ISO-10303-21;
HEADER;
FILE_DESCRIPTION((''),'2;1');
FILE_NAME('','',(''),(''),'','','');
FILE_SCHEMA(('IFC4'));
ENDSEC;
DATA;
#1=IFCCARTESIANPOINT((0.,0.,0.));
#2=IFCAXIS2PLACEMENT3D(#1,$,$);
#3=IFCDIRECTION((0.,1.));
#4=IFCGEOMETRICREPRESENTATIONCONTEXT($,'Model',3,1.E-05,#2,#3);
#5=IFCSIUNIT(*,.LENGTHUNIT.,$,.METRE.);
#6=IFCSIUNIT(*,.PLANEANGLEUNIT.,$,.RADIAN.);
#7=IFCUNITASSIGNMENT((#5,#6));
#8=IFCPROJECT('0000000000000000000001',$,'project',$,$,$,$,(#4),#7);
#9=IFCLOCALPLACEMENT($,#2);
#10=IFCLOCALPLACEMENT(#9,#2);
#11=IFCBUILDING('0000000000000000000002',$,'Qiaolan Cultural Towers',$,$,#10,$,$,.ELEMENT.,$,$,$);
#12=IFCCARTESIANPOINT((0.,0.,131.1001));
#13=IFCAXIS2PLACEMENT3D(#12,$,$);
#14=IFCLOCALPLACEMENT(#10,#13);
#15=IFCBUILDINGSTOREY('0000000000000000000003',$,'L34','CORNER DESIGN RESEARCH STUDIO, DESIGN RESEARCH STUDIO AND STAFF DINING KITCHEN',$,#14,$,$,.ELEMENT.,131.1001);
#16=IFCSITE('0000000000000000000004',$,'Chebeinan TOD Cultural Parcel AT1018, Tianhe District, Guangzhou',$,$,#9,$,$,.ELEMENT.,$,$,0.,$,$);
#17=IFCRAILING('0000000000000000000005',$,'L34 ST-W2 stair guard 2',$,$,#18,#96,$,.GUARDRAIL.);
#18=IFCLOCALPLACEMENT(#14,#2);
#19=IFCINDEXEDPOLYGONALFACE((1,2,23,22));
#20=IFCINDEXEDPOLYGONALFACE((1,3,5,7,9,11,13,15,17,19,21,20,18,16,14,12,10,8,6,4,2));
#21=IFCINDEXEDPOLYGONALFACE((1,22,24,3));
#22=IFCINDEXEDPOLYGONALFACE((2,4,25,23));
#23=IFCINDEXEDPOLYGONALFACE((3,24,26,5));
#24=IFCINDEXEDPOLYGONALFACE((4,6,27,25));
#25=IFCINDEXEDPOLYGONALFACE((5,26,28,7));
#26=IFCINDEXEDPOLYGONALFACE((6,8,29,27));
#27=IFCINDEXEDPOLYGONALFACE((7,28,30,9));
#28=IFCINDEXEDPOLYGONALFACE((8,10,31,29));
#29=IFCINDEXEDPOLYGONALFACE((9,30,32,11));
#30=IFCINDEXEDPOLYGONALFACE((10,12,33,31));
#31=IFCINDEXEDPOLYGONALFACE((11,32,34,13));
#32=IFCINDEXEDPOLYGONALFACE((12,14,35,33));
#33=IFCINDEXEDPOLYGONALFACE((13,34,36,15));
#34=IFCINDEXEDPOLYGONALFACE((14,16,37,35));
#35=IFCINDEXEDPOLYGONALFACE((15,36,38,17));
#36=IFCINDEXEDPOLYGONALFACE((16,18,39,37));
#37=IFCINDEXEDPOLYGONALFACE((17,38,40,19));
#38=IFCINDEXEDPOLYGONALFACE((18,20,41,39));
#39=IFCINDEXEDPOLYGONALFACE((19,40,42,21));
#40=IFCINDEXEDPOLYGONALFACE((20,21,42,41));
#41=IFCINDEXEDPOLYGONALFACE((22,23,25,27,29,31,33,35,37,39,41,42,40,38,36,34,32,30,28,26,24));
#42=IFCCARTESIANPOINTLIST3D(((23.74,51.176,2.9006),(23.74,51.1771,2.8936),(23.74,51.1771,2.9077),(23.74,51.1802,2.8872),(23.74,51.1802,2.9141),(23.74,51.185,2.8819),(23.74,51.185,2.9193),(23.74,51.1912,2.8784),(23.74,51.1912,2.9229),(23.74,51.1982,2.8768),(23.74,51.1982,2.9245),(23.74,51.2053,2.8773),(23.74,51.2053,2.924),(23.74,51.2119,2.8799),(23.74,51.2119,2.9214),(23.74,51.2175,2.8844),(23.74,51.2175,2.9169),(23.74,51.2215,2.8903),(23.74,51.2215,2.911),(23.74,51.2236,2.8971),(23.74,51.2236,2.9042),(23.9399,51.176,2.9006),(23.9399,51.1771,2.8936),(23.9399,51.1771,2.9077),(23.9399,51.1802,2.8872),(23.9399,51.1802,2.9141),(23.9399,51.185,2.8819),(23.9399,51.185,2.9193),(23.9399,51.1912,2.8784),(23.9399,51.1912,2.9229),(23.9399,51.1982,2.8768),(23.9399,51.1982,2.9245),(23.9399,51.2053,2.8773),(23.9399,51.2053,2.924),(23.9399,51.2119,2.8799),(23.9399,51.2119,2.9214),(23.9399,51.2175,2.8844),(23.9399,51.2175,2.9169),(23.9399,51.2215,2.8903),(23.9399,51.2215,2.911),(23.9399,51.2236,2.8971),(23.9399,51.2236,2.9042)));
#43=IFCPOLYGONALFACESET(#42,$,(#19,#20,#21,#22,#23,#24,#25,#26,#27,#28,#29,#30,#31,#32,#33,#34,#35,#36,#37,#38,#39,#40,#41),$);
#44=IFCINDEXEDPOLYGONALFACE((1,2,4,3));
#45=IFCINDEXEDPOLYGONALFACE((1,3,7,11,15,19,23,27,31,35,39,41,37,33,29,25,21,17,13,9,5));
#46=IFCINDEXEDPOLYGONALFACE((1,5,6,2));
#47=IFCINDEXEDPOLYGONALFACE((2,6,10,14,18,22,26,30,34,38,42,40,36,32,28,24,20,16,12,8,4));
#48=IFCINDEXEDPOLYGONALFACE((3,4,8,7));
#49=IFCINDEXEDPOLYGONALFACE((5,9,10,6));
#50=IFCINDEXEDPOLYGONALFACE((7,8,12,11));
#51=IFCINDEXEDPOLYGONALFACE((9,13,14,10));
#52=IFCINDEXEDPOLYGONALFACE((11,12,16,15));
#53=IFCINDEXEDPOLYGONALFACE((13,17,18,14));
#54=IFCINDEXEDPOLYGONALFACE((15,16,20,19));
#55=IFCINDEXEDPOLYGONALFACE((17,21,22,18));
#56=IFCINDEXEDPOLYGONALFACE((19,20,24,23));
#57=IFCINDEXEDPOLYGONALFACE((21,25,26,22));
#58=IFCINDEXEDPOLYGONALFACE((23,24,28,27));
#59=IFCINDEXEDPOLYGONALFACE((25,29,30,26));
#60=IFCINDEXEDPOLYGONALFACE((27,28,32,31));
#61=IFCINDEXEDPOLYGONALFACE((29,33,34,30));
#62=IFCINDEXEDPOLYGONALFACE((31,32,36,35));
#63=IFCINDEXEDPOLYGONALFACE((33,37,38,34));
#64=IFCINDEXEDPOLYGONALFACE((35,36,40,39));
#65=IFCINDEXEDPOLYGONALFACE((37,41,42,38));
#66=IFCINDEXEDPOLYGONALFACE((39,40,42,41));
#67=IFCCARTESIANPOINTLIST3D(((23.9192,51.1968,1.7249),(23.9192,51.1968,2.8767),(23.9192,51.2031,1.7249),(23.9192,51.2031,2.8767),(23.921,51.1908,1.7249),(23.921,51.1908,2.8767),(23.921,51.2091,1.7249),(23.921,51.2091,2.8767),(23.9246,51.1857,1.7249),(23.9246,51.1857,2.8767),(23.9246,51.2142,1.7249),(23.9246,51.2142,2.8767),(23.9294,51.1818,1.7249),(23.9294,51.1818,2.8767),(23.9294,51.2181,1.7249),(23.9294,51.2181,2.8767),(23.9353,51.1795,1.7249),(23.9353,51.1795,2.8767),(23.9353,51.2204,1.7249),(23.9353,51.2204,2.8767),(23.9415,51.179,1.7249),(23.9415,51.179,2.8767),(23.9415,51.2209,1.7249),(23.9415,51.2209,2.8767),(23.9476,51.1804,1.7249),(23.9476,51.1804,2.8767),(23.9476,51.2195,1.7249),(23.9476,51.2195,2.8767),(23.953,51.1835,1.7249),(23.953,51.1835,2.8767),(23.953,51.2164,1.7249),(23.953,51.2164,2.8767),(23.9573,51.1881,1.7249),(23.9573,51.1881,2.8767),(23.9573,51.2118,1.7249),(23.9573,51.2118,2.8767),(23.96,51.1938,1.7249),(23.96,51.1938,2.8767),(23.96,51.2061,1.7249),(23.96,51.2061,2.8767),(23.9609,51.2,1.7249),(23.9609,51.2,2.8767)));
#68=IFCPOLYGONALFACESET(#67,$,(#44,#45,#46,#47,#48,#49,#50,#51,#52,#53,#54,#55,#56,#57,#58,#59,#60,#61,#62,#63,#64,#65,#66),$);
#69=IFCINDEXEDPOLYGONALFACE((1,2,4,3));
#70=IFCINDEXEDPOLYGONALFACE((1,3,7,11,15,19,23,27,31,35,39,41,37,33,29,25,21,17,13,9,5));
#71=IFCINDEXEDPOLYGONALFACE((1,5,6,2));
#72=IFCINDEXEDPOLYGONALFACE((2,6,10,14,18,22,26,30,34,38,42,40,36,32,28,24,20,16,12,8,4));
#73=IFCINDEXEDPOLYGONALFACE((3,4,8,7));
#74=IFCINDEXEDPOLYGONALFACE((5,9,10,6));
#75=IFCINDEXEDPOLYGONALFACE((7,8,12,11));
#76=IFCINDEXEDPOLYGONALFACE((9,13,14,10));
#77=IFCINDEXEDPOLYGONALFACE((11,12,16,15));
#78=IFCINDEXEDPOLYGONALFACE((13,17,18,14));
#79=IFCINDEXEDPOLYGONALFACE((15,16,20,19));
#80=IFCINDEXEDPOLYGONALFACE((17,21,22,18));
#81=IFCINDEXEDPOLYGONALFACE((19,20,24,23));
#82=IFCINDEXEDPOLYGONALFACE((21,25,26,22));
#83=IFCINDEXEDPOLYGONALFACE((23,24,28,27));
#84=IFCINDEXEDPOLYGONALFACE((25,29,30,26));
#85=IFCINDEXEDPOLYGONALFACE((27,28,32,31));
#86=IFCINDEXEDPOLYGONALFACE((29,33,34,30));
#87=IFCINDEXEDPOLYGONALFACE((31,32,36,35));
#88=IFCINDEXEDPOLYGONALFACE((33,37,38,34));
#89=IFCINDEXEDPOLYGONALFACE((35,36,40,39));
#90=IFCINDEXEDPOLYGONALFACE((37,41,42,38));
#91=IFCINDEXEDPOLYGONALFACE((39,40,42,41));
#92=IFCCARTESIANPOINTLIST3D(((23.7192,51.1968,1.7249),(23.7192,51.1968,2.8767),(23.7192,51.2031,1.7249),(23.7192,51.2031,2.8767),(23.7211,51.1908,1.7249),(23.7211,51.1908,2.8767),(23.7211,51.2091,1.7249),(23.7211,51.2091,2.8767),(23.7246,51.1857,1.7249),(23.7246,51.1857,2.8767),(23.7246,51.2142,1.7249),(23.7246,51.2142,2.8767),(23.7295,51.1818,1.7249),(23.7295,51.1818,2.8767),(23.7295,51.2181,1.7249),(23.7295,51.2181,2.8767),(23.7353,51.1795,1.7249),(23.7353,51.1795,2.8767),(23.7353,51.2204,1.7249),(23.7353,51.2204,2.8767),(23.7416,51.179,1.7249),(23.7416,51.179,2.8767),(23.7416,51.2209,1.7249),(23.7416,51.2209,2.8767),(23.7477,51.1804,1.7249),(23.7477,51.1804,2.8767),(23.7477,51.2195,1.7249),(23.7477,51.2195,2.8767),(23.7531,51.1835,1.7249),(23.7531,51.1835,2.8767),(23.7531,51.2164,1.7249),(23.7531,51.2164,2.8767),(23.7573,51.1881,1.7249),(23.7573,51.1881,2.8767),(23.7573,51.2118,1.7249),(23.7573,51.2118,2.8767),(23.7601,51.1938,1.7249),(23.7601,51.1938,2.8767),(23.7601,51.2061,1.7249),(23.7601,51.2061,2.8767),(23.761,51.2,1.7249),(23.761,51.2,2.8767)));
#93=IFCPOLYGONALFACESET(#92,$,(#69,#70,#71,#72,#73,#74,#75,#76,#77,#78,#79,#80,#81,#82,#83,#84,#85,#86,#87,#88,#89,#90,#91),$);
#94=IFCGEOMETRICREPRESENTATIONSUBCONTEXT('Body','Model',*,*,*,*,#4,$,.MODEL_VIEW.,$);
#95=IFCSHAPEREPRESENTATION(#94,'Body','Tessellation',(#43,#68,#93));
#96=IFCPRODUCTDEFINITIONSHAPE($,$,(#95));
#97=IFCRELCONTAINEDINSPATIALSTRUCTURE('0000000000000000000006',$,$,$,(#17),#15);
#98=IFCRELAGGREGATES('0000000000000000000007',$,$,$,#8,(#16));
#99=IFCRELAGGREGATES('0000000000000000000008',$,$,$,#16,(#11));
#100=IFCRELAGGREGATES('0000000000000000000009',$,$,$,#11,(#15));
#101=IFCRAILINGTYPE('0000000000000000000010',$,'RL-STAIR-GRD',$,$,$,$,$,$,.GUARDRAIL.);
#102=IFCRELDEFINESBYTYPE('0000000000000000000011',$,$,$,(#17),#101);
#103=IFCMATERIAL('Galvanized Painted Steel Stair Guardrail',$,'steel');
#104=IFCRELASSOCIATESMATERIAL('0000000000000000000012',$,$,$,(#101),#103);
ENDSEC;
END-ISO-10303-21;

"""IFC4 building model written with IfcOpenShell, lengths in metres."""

from ifc_helpers import new_model, si_unit, direction, frame, origin, origin_2d, place, context, subcontext, project, spatial, circle, extrude, material, type_object, element, save


model = new_model("IFC4")

# Units and contexts
model_context = context("Model", 3, precision=1e-05, world=origin(), true_north=direction((0.0, 1.0)))
body_context = subcontext(model_context, "Body", "Model", "MODEL_VIEW")
ifc_project = project(units=[si_unit("LENGTHUNIT", "METRE"), si_unit("PLANEANGLEUNIT", "RADIAN")], contexts=[model_context])

# Site, building, storey
site_placement = place(None, origin())
site = spatial("IfcSite", under=ifc_project, at=site_placement, Name="Chebeinan TOD Cultural Parcel AT1018, Tianhe District, Guangzhou", CompositionType="ELEMENT", RefElevation=0.0)
building_placement = place(site_placement, origin())
building = spatial("IfcBuilding", under=site, at=building_placement, Name="Qiaolan Cultural Towers", CompositionType="ELEMENT")
storey_placement = place(building_placement, frame((0.0, 0.0, 131.1001)))
storey = spatial("IfcBuildingStorey", under=building, at=storey_placement, Name="L34", Description="CORNER DESIGN RESEARCH STUDIO, DESIGN RESEARCH STUDIO AND STAFF DINING KITCHEN", CompositionType="ELEMENT", Elevation=131.1001)

# Railing
ifc_material_1 = material(Name="Galvanized Painted Steel Stair Guardrail", Category="steel")
railing_type_1 = type_object("IfcRailingType", Name="RL-STAIR-GRD", PredefinedType="GUARDRAIL", material=ifc_material_1)
railing_1_placement = place(storey_placement, frame((23.9399, 51.2, 1.7249)))
element("IfcRailing", 1, at=railing_1_placement, inside=storey, type_object=railing_type_1, Name="L34 ST-W2 stair guard 2", PredefinedType="GUARDRAIL", context=body_context, shape_type="SweptSolid", body=[
    extrude(circle(Radius=0.0239, at=origin_2d()), frame((0.0, 0.0, 1.1758), z_axis=(-1.0, 0.0, 0.0), x_axis=(0.0, -1.0, 0.0)), (0.0, 0.0, 1.0), 0.2),
    extrude(circle(Radius=0.021, at=origin_2d()), origin(), (0.0, 0.0, 1.0), 1.1519),
    extrude(circle(Radius=0.021, at=origin_2d()), frame((-0.2, 0.0, 0.0)), (0.0, 0.0, 1.0), 1.1519),
])

save(model, "model.ifc")
